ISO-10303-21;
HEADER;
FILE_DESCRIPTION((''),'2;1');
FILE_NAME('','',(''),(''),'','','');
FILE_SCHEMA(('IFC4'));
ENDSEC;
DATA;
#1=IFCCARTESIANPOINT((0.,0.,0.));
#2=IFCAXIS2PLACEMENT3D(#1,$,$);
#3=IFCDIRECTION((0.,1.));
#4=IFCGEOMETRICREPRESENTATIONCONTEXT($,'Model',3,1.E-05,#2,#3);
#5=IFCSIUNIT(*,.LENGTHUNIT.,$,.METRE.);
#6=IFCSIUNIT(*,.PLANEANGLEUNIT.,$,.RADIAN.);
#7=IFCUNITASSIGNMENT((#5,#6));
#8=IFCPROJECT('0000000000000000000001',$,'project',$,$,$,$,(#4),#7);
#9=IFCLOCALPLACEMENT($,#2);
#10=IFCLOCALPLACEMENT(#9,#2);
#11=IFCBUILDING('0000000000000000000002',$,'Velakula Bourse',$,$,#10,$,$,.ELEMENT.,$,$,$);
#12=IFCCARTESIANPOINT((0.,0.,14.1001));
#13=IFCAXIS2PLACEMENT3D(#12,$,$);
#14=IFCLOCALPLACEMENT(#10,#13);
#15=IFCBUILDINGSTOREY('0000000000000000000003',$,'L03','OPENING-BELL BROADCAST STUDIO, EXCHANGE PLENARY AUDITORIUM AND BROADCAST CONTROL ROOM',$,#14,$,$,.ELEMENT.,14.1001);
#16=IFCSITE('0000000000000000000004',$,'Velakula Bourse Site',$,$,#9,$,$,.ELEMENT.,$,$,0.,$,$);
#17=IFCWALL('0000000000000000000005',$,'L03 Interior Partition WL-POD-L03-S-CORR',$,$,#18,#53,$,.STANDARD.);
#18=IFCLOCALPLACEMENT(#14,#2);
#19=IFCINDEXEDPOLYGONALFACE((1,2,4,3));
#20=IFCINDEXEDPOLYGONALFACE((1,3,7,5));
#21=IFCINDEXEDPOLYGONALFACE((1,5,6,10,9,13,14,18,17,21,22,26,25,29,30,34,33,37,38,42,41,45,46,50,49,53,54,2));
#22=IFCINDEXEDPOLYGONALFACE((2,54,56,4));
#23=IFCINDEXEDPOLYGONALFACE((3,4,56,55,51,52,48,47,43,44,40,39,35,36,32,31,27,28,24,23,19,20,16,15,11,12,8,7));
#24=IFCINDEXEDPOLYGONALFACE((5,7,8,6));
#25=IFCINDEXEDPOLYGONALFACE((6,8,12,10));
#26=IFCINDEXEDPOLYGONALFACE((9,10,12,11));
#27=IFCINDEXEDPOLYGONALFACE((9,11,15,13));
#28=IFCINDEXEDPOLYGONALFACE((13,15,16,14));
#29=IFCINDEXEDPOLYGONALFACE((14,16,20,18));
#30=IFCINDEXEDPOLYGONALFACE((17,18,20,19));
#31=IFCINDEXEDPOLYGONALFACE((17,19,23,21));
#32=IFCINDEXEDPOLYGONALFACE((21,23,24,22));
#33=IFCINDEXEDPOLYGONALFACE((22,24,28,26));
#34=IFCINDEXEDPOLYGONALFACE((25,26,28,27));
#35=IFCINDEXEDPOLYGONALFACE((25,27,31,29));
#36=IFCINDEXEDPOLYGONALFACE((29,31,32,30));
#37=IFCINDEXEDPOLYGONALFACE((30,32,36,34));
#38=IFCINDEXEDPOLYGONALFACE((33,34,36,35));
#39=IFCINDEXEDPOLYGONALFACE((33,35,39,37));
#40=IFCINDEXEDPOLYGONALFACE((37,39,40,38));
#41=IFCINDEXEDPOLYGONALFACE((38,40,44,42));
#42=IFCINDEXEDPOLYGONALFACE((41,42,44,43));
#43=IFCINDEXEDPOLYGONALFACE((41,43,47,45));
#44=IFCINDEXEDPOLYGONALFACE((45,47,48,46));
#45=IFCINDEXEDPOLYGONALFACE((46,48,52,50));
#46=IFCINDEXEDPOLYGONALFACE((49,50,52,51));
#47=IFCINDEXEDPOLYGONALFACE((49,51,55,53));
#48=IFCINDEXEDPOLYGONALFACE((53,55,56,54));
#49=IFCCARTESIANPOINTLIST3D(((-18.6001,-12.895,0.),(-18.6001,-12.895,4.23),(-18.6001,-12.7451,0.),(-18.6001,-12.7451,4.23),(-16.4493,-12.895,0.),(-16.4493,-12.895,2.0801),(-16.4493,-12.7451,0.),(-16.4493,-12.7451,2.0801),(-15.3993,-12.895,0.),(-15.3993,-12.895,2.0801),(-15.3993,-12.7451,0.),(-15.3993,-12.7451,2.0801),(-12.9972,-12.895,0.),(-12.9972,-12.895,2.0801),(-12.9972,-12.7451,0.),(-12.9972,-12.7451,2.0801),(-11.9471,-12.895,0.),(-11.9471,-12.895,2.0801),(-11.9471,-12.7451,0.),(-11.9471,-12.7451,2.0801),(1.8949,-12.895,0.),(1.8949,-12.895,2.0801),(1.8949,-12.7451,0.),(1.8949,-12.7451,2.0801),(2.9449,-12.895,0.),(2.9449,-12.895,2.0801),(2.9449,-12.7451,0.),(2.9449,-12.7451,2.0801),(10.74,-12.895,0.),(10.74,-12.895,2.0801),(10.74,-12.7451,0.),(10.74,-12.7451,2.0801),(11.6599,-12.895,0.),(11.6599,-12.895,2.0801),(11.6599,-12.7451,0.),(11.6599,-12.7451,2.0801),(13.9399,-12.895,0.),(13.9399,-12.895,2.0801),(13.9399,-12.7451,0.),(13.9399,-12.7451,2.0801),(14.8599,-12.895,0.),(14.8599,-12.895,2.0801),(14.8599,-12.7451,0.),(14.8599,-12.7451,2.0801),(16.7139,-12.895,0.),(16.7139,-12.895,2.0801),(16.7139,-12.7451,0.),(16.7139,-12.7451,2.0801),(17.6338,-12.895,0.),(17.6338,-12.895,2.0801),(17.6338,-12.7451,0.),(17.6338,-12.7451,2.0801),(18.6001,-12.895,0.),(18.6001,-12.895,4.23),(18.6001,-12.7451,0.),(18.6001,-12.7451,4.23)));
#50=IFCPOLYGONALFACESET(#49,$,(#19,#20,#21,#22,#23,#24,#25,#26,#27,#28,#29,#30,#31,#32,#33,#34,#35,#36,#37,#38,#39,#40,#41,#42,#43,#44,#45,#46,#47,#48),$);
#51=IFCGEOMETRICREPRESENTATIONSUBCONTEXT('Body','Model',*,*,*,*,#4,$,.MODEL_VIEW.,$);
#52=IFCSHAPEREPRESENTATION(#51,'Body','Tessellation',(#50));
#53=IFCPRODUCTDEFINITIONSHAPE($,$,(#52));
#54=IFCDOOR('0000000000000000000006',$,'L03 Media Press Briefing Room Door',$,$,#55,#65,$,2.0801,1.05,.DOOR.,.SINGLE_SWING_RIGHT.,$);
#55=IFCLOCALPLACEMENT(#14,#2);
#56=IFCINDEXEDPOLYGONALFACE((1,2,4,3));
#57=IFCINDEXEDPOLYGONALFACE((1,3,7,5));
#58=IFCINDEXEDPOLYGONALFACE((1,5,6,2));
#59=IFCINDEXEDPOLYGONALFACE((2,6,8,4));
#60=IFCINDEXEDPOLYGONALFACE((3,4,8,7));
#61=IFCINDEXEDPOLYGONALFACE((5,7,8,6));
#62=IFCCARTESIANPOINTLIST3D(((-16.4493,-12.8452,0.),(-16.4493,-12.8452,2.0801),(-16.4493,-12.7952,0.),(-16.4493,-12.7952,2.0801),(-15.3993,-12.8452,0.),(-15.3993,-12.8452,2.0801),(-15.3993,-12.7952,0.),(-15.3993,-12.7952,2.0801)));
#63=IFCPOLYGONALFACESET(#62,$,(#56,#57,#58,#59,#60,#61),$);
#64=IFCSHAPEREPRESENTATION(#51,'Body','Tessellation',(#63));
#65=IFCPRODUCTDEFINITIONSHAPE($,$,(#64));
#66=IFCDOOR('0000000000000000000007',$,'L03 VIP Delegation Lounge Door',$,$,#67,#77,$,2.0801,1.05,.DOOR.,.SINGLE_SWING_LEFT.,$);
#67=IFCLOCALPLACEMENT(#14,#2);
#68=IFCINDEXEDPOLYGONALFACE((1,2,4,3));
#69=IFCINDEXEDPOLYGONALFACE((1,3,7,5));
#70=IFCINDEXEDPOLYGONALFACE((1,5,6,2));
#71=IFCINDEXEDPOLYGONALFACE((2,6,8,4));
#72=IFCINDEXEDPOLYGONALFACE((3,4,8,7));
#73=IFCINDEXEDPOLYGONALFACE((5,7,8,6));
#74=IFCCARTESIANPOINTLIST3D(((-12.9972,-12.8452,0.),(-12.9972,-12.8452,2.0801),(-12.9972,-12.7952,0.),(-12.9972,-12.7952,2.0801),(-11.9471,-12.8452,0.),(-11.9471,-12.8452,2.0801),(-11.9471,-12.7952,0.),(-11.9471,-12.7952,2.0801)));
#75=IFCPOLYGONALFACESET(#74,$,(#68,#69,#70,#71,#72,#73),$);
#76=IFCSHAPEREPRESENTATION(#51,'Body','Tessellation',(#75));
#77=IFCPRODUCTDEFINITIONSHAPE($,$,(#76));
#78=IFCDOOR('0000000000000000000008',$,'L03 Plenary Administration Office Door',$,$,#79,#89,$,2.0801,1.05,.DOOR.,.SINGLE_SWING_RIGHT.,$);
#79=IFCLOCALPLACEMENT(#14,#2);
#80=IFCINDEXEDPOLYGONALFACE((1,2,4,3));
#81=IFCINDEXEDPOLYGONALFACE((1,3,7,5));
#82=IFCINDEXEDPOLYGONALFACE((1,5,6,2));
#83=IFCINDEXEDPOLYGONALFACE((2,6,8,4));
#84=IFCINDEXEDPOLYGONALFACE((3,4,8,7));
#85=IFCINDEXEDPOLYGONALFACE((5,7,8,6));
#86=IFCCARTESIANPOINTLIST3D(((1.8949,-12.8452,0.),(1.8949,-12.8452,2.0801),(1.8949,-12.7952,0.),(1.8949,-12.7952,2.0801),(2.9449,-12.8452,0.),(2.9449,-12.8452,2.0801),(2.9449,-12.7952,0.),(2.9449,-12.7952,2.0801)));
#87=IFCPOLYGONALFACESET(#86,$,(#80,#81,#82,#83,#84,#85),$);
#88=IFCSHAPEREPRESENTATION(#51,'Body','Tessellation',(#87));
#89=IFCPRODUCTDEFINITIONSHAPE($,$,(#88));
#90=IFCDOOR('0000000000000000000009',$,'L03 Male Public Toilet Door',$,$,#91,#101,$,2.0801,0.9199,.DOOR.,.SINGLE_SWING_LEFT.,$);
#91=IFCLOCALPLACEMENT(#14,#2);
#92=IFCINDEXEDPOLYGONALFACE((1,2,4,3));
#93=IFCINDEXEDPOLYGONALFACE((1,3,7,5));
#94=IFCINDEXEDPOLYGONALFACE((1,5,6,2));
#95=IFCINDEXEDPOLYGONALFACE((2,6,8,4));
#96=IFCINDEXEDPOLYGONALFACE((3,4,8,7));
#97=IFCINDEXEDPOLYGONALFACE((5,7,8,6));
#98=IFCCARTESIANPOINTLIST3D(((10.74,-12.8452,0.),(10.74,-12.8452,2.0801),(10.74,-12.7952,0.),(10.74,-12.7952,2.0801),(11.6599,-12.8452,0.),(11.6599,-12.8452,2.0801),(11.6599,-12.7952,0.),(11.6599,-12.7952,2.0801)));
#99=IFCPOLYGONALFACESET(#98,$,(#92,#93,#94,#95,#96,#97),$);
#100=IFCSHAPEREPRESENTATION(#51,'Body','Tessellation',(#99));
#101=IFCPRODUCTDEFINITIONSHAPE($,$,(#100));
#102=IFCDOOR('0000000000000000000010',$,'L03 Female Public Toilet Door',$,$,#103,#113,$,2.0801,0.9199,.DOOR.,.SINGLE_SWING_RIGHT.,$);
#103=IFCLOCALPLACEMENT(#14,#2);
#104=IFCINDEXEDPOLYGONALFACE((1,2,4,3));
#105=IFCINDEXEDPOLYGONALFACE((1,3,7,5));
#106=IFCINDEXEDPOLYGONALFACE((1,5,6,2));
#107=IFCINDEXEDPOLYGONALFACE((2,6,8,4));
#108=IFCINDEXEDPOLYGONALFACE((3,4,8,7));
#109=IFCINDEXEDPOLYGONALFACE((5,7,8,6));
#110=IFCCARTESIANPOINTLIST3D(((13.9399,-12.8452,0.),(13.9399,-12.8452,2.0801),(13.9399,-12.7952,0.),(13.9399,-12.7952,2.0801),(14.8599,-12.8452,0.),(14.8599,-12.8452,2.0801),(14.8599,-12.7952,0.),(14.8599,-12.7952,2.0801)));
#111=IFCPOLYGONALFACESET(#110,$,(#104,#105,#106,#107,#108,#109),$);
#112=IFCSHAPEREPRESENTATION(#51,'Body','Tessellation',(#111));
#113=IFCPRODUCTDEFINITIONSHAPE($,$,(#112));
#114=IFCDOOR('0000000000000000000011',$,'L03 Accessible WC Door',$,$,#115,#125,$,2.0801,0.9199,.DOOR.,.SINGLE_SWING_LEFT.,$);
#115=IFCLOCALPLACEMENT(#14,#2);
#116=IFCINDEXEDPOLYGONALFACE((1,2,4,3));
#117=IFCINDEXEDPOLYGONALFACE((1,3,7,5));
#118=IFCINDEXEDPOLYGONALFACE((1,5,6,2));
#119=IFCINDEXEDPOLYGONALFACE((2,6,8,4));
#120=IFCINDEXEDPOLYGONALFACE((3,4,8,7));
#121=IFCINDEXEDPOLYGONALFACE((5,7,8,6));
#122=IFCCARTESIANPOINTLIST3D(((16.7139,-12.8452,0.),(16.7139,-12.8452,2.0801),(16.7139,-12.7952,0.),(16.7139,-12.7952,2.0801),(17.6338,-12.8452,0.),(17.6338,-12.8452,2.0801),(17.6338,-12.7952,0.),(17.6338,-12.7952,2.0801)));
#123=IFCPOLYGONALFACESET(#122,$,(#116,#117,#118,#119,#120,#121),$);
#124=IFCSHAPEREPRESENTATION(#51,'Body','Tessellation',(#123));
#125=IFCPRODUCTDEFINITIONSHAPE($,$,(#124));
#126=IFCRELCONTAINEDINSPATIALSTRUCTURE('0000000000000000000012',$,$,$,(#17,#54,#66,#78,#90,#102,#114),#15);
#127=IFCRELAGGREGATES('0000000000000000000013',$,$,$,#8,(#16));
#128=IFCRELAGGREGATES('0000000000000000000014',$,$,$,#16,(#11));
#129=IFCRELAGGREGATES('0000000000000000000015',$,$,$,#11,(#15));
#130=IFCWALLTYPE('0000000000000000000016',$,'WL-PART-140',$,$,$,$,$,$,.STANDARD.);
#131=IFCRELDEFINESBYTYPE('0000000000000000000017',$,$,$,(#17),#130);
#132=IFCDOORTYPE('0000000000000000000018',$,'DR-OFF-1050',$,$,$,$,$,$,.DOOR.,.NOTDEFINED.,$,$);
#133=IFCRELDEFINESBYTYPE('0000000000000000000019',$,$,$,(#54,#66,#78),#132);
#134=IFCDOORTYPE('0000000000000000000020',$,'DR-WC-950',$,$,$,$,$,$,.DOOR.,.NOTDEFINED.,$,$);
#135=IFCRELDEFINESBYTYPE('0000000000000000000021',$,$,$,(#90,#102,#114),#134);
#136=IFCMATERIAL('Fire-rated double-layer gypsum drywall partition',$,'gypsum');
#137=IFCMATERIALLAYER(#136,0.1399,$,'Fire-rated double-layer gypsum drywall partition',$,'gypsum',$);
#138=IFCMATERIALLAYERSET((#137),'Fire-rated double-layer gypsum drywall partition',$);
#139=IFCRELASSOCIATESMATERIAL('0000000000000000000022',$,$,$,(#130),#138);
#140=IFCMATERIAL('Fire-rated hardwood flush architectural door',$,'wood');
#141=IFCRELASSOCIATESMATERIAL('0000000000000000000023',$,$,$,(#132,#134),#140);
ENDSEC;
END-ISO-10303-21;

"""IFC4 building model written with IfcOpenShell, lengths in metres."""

from ifc_helpers import new_model, si_unit, direction, frame, frame_2d, origin, place, context, subcontext, project, spatial, rectangle, extrude, material, layer, layer_set, type_object, element, fill, save


model = new_model("IFC4")

# Units and contexts
model_context = context("Model", 3, precision=1e-05, world=origin(), true_north=direction((0.0, 1.0)))
body_context = subcontext(model_context, "Body", "Model", "MODEL_VIEW")
ifc_project = project(units=[si_unit("LENGTHUNIT", "METRE"), si_unit("PLANEANGLEUNIT", "RADIAN")], contexts=[model_context])

# Site, building, storey
site_placement = place(None, origin())
site = spatial("IfcSite", under=ifc_project, at=site_placement, Name="Velakula Bourse Site", CompositionType="ELEMENT", RefElevation=0.0)
building_placement = place(site_placement, origin())
building = spatial("IfcBuilding", under=site, at=building_placement, Name="Velakula Bourse", CompositionType="ELEMENT")
storey_placement = place(building_placement, frame((0.0, 0.0, 14.1001)))
storey = spatial("IfcBuildingStorey", under=building, at=storey_placement, Name="L03", Description="OPENING-BELL BROADCAST STUDIO, EXCHANGE PLENARY AUDITORIUM AND BROADCAST CONTROL ROOM", CompositionType="ELEMENT", Elevation=14.1001)

# Wall, openings, doors
ifc_material_1 = material(Name="Fire-rated double-layer gypsum drywall partition", Category="gypsum")
ifc_layer = layer(ifc_material_1, 0.1399, Name="Fire-rated double-layer gypsum drywall partition", Category="gypsum")
ifc_layer_set = layer_set([ifc_layer], Name="Fire-rated double-layer gypsum drywall partition")
wall_type = type_object("IfcWallType", Name="WL-PART-140", PredefinedType="STANDARD", material=ifc_layer_set)
wall_placement = place(storey_placement, frame((-18.6001, -12.8201, 0.0), z_axis=(0.0, 0.0, 1.0), x_axis=(1.0, 0.0, 0.0)))
wall = element("IfcWall", 1, at=wall_placement, inside=storey, type_object=wall_type, Name="L03 Interior Partition WL-POD-L03-S-CORR", PredefinedType="STANDARD", context=body_context, shape_type="SweptSolid", body=[
    extrude(rectangle(XDim=37.2002, YDim=0.1499, at=frame_2d((18.6001, 0.0))), origin(), (0.0, 0.0, 1.0), 4.23),
])
opening_1_placement = place(wall_placement, frame((29.3401, 0.0, 0.0)))
opening_1 = element("IfcOpeningElement", 2, at=opening_1_placement, cuts=wall, PredefinedType="OPENING", context=body_context, shape_type="SweptSolid", body=[
    extrude(rectangle(XDim=0.9199, YDim=2.0801, at=frame_2d((0.46, 1.04))), frame((0.0, 0.085, 0.0), z_axis=(0.0, -1.0, 0.0), x_axis=(1.0, 0.0, 0.0)), (0.0, 0.0, 1.0), 0.1699),
])
opening_2_placement = place(wall_placement, frame((32.54, 0.0, 0.0)))
opening_2 = element("IfcOpeningElement", 3, at=opening_2_placement, cuts=wall, PredefinedType="OPENING", context=body_context, shape_type="SweptSolid", body=[
    extrude(rectangle(XDim=0.9199, YDim=2.0801, at=frame_2d((0.46, 1.04))), frame((0.0, 0.085, 0.0), z_axis=(0.0, -1.0, 0.0), x_axis=(1.0, 0.0, 0.0)), (0.0, 0.0, 1.0), 0.1699),
])
opening_3_placement = place(wall_placement, frame((35.314, 0.0, 0.0)))
opening_3 = element("IfcOpeningElement", 4, at=opening_3_placement, cuts=wall, PredefinedType="OPENING", context=body_context, shape_type="SweptSolid", body=[
    extrude(rectangle(XDim=0.9199, YDim=2.0801, at=frame_2d((0.46, 1.04))), frame((0.0, 0.085, 0.0), z_axis=(0.0, -1.0, 0.0), x_axis=(1.0, 0.0, 0.0)), (0.0, 0.0, 1.0), 0.1699),
])
opening_4_placement = place(wall_placement, frame((2.1509, 0.0, 0.0)))
opening_4 = element("IfcOpeningElement", 5, at=opening_4_placement, cuts=wall, PredefinedType="OPENING", context=body_context, shape_type="SweptSolid", body=[
    extrude(rectangle(XDim=1.05, YDim=2.0801, at=frame_2d((0.5249, 1.04))), frame((0.0, 0.085, 0.0), z_axis=(0.0, -1.0, 0.0), x_axis=(1.0, 0.0, 0.0)), (0.0, 0.0, 1.0), 0.1699),
])
opening_5_placement = place(wall_placement, frame((5.603, 0.0, 0.0)))
opening_5 = element("IfcOpeningElement", 6, at=opening_5_placement, cuts=wall, PredefinedType="OPENING", context=body_context, shape_type="SweptSolid", body=[
    extrude(rectangle(XDim=1.05, YDim=2.0801, at=frame_2d((0.5249, 1.04))), frame((0.0, 0.085, 0.0), z_axis=(0.0, -1.0, 0.0), x_axis=(1.0, 0.0, 0.0)), (0.0, 0.0, 1.0), 0.1699),
])
opening_6_placement = place(wall_placement, frame((20.4951, 0.0, 0.0)))
opening_6 = element("IfcOpeningElement", 7, at=opening_6_placement, cuts=wall, PredefinedType="OPENING", context=body_context, shape_type="SweptSolid", body=[
    extrude(rectangle(XDim=1.05, YDim=2.0801, at=frame_2d((0.5249, 1.04))), frame((0.0, 0.085, 0.0), z_axis=(0.0, -1.0, 0.0), x_axis=(1.0, 0.0, 0.0)), (0.0, 0.0, 1.0), 0.1699),
])
ifc_material_2 = material(Name="Fire-rated hardwood flush architectural door", Category="wood")
door_type_1 = type_object("IfcDoorType", Name="DR-OFF-1050", OperationType="NOTDEFINED", PredefinedType="DOOR", material=ifc_material_2)
door_1_placement = place(opening_4_placement, origin())
door_1 = element("IfcDoor", 8, at=door_1_placement, inside=storey, type_object=door_type_1, Name="L03 Media Press Briefing Room Door", OperationType="SINGLE_SWING_RIGHT", OverallHeight=2.0801, OverallWidth=1.05, PredefinedType="DOOR", context=body_context, shape_type="SweptSolid", body=[
    extrude(rectangle(XDim=1.05, YDim=2.0801, at=frame_2d((0.5249, 1.04))), frame((0.0, 0.0249, 0.0), z_axis=(0.0, -1.0, 0.0), x_axis=(1.0, 0.0, 0.0)), (0.0, 0.0, 1.0), 0.05),
])
fill(opening_4, door_1)
door_2_placement = place(opening_5_placement, origin())
door_2 = element("IfcDoor", 9, at=door_2_placement, inside=storey, type_object=door_type_1, Name="L03 VIP Delegation Lounge Door", OperationType="SINGLE_SWING_LEFT", OverallHeight=2.0801, OverallWidth=1.05, PredefinedType="DOOR", context=body_context, shape_type="SweptSolid", body=[
    extrude(rectangle(XDim=1.05, YDim=2.0801, at=frame_2d((0.5249, 1.04))), frame((0.0, 0.0249, 0.0), z_axis=(0.0, -1.0, 0.0), x_axis=(1.0, 0.0, 0.0)), (0.0, 0.0, 1.0), 0.05),
])
fill(opening_5, door_2)
door_3_placement = place(opening_6_placement, origin())
door_3 = element("IfcDoor", 10, at=door_3_placement, inside=storey, type_object=door_type_1, Name="L03 Plenary Administration Office Door", OperationType="SINGLE_SWING_RIGHT", OverallHeight=2.0801, OverallWidth=1.05, PredefinedType="DOOR", context=body_context, shape_type="SweptSolid", body=[
    extrude(rectangle(XDim=1.05, YDim=2.0801, at=frame_2d((0.5249, 1.04))), frame((0.0, 0.0249, 0.0), z_axis=(0.0, -1.0, 0.0), x_axis=(1.0, 0.0, 0.0)), (0.0, 0.0, 1.0), 0.05),
])
fill(opening_6, door_3)
door_type_2 = type_object("IfcDoorType", Name="DR-WC-950", OperationType="NOTDEFINED", PredefinedType="DOOR", material=ifc_material_2)
door_4_placement = place(opening_1_placement, origin())
door_4 = element("IfcDoor", 11, at=door_4_placement, inside=storey, type_object=door_type_2, Name="L03 Male Public Toilet Door", OperationType="SINGLE_SWING_LEFT", OverallHeight=2.0801, OverallWidth=0.9199, PredefinedType="DOOR", context=body_context, shape_type="SweptSolid", body=[
    extrude(rectangle(XDim=0.9199, YDim=2.0801, at=frame_2d((0.46, 1.04))), frame((0.0, 0.0249, 0.0), z_axis=(0.0, -1.0, 0.0), x_axis=(1.0, 0.0, 0.0)), (0.0, 0.0, 1.0), 0.05),
])
fill(opening_1, door_4)
door_5_placement = place(opening_2_placement, origin())
door_5 = element("IfcDoor", 12, at=door_5_placement, inside=storey, type_object=door_type_2, Name="L03 Female Public Toilet Door", OperationType="SINGLE_SWING_RIGHT", OverallHeight=2.0801, OverallWidth=0.9199, PredefinedType="DOOR", context=body_context, shape_type="SweptSolid", body=[
    extrude(rectangle(XDim=0.9199, YDim=2.0801, at=frame_2d((0.46, 1.04))), frame((0.0, 0.0249, 0.0), z_axis=(0.0, -1.0, 0.0), x_axis=(1.0, 0.0, 0.0)), (0.0, 0.0, 1.0), 0.05),
])
fill(opening_2, door_5)
door_6_placement = place(opening_3_placement, origin())
door_6 = element("IfcDoor", 13, at=door_6_placement, inside=storey, type_object=door_type_2, Name="L03 Accessible WC Door", OperationType="SINGLE_SWING_LEFT", OverallHeight=2.0801, OverallWidth=0.9199, PredefinedType="DOOR", context=body_context, shape_type="SweptSolid", body=[
    extrude(rectangle(XDim=0.9199, YDim=2.0801, at=frame_2d((0.46, 1.04))), frame((0.0, 0.0249, 0.0), z_axis=(0.0, -1.0, 0.0), x_axis=(1.0, 0.0, 0.0)), (0.0, 0.0, 1.0), 0.05),
])
fill(opening_3, door_6)

save(model, "model.ifc")
